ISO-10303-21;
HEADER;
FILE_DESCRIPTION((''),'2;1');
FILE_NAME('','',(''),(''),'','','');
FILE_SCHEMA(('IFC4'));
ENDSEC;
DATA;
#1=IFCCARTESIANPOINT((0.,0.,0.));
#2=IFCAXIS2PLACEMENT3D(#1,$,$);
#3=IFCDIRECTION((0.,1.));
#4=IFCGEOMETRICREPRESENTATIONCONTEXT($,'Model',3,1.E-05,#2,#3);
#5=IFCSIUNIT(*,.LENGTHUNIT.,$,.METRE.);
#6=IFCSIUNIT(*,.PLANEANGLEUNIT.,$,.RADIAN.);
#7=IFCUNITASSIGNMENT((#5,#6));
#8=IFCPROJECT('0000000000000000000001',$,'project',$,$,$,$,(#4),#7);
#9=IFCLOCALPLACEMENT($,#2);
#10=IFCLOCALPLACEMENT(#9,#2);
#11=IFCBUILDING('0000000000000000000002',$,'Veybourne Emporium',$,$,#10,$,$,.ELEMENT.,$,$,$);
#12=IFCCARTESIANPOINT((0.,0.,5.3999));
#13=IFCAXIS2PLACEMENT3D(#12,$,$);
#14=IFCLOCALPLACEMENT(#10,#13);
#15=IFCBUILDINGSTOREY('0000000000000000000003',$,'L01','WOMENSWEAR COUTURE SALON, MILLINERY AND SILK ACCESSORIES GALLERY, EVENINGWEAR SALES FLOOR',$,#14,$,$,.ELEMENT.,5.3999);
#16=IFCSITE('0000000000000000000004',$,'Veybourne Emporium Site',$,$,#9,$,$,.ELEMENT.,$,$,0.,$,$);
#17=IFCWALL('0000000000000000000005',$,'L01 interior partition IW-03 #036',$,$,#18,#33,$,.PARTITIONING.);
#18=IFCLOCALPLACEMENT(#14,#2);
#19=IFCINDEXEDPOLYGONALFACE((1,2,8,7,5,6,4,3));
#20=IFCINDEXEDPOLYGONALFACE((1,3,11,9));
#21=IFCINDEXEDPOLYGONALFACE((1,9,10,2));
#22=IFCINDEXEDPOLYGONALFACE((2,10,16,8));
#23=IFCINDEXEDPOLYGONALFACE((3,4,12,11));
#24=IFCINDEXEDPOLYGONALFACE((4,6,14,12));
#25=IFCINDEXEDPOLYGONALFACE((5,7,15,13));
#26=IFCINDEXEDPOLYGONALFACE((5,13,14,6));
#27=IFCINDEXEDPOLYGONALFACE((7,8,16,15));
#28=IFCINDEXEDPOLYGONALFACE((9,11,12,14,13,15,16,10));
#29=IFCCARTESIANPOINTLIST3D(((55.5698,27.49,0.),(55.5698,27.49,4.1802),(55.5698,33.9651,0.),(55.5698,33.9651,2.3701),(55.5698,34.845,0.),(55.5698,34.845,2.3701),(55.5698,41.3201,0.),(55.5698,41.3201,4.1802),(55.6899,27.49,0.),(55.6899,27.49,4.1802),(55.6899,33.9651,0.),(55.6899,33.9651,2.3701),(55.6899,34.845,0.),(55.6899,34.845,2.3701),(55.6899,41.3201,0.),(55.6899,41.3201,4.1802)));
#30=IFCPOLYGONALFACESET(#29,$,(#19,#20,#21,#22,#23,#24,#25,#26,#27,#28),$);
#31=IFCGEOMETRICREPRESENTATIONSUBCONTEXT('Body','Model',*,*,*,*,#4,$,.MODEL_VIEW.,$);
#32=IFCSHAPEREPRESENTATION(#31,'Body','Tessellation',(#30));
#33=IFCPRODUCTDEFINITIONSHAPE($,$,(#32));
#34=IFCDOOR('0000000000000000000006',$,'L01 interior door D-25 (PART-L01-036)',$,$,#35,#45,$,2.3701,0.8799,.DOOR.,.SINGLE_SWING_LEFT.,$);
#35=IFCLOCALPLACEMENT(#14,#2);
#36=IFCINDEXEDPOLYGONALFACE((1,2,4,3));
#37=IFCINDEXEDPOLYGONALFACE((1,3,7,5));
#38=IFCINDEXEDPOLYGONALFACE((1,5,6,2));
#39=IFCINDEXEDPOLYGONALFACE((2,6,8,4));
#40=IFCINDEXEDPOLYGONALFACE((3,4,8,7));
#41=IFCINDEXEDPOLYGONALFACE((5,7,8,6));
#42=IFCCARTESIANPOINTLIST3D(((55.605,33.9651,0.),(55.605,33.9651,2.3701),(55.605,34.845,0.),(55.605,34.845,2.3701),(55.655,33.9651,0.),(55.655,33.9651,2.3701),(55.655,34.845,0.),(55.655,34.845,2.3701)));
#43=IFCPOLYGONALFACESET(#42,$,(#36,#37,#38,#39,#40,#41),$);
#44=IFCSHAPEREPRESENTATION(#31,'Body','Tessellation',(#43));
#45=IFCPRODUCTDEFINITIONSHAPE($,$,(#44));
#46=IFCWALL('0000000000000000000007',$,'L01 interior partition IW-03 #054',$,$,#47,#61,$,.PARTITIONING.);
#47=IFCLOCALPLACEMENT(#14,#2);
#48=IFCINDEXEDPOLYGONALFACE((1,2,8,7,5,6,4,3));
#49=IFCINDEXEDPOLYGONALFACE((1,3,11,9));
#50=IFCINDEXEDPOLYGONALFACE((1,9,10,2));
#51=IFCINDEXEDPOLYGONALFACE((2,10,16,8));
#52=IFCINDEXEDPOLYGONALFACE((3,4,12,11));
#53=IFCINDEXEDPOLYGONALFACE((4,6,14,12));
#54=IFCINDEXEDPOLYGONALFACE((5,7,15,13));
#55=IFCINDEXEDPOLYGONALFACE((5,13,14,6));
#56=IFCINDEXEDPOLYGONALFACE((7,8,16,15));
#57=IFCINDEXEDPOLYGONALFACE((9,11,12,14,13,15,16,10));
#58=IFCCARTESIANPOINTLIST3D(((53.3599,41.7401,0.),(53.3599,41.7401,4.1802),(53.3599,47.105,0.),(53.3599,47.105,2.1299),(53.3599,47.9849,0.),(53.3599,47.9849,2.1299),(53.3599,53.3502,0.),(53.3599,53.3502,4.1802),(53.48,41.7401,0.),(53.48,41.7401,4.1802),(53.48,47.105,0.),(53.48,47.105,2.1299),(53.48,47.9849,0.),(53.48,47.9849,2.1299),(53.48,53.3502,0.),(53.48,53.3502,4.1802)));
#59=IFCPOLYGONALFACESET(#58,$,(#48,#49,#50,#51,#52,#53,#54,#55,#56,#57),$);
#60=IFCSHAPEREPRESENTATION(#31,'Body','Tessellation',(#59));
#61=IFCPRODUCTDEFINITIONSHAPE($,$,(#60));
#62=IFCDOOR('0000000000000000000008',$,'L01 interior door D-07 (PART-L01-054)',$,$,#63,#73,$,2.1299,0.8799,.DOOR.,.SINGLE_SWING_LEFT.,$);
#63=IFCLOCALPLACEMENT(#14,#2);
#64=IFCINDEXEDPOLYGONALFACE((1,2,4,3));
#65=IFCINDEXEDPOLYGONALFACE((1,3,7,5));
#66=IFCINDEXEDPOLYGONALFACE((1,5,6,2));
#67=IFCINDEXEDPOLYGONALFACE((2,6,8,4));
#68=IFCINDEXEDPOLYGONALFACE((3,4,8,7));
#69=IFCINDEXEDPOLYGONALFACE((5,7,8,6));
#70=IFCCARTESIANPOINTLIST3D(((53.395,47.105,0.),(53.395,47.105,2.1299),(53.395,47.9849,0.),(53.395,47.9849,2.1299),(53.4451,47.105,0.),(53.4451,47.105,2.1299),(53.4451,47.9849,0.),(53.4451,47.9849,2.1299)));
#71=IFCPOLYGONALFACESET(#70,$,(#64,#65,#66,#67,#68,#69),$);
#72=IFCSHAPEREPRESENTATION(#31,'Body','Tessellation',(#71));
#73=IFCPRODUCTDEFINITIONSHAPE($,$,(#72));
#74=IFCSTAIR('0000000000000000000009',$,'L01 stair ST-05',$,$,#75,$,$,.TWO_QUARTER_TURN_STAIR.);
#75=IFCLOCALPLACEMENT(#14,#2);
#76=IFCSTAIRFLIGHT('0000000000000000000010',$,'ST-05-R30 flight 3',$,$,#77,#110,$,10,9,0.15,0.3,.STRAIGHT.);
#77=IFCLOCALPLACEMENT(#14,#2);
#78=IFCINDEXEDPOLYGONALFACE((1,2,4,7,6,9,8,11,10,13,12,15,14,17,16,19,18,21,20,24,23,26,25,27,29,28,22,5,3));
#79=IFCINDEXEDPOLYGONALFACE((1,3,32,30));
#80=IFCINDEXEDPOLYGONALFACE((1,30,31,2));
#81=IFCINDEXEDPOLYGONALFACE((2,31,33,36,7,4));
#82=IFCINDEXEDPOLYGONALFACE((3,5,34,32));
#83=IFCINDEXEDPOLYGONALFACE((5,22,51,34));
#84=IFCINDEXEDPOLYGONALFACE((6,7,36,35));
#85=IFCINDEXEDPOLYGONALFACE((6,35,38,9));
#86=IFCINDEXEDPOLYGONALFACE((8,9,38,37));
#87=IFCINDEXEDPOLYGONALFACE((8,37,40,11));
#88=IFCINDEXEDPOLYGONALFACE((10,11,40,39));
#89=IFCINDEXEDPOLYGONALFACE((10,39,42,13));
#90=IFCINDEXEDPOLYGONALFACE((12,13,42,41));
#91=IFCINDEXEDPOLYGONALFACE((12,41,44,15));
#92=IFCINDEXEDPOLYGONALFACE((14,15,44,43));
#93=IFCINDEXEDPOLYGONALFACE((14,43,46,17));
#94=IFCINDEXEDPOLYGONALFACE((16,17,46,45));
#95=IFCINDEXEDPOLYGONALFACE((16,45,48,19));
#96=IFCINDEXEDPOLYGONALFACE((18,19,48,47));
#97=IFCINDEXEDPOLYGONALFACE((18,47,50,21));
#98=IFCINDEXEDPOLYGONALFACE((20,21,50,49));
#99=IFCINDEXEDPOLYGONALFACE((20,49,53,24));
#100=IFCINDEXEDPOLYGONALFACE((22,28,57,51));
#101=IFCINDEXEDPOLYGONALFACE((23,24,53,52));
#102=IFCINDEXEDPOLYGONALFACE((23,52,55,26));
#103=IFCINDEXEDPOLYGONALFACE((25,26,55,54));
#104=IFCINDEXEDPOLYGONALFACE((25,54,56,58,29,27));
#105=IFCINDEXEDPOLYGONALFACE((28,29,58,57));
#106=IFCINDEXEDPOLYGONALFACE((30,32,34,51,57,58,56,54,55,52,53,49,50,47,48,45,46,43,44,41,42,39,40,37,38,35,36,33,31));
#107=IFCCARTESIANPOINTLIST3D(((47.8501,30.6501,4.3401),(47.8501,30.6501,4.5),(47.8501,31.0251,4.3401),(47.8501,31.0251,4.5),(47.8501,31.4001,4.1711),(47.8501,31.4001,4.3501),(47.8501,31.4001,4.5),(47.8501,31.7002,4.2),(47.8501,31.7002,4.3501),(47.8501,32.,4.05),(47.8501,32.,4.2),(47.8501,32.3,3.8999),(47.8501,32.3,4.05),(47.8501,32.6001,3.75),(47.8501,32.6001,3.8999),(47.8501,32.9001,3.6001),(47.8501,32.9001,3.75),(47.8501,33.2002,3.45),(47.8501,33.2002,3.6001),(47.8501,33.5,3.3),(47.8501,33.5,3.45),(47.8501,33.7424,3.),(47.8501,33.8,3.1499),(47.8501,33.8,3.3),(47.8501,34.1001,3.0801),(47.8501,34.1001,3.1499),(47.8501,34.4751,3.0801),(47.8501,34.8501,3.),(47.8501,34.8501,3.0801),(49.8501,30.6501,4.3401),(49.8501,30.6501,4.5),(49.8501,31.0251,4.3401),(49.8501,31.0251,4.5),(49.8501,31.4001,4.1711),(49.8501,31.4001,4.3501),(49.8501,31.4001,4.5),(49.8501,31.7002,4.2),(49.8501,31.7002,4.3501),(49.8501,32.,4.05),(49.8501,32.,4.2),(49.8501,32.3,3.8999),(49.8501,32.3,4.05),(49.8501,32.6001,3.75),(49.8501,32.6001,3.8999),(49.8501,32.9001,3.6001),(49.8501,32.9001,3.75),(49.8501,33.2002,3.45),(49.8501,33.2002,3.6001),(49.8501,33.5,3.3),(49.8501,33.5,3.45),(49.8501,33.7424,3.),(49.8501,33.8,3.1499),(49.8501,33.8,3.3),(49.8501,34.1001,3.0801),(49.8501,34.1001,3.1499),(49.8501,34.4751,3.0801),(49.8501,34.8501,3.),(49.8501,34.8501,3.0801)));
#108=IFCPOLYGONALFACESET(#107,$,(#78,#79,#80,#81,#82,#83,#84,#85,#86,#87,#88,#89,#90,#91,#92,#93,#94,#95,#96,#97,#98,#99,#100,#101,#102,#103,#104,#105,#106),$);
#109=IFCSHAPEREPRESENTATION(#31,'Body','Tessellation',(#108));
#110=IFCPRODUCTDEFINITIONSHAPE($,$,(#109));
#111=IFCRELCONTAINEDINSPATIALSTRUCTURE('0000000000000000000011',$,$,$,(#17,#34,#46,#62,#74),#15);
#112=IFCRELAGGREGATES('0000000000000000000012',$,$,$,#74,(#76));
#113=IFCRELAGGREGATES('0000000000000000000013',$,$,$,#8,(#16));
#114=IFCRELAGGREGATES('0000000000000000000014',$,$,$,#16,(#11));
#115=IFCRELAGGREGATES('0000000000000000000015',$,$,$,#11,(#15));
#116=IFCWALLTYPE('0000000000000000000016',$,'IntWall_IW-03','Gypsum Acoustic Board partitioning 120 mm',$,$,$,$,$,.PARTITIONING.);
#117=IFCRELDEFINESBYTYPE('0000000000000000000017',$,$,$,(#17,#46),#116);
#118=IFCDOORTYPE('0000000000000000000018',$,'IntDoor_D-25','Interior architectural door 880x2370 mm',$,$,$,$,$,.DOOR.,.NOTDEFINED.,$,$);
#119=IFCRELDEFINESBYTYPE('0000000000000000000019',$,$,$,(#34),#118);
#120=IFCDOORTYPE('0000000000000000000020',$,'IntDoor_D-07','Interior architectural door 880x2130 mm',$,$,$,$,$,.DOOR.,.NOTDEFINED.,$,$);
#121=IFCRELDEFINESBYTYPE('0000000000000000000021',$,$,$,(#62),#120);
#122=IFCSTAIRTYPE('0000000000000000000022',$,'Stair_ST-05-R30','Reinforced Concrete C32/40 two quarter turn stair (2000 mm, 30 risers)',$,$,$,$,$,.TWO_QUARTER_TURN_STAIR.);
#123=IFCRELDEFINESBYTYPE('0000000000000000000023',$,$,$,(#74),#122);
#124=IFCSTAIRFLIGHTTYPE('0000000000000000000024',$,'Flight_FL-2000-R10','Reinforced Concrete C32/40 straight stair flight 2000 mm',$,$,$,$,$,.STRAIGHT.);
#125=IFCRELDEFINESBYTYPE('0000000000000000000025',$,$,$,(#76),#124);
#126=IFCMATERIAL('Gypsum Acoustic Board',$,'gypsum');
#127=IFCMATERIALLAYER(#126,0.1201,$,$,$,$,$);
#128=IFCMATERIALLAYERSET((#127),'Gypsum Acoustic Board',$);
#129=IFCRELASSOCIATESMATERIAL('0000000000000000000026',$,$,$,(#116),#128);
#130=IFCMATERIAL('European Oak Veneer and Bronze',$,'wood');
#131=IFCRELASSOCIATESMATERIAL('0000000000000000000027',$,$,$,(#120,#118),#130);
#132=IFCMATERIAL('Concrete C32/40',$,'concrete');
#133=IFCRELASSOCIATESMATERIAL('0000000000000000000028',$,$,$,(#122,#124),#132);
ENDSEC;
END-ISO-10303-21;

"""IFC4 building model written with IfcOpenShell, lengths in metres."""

from ifc_helpers import new_model, si_unit, direction, frame, frame_2d, origin, place, context, subcontext, project, spatial, polyline, rectangle, outline, extrude, material, layer, layer_set, type_object, element, fill, aggregate, save


model = new_model("IFC4")

# Units and contexts
model_context = context("Model", 3, precision=1e-05, world=origin(), true_north=direction((0.0, 1.0)))
body_context = subcontext(model_context, "Body", "Model", "MODEL_VIEW")
ifc_project = project(units=[si_unit("LENGTHUNIT", "METRE"), si_unit("PLANEANGLEUNIT", "RADIAN")], contexts=[model_context])

# Site, building, storey
site_placement = place(None, origin())
site = spatial("IfcSite", under=ifc_project, at=site_placement, Name="Veybourne Emporium Site", CompositionType="ELEMENT", RefElevation=0.0)
building_placement = place(site_placement, origin())
building = spatial("IfcBuilding", under=site, at=building_placement, Name="Veybourne Emporium", CompositionType="ELEMENT")
storey_placement = place(building_placement, frame((0.0, 0.0, 5.3999)))
storey = spatial("IfcBuildingStorey", under=building, at=storey_placement, Name="L01", Description="WOMENSWEAR COUTURE SALON, MILLINERY AND SILK ACCESSORIES GALLERY, EVENINGWEAR SALES FLOOR", CompositionType="ELEMENT", Elevation=5.3999)

# Shared definitions
ifc_material_1 = material(Name="Concrete C32/40", Category="concrete")

# Walls, openings, doors
ifc_material_2 = material(Name="Gypsum Acoustic Board", Category="gypsum")
ifc_material_3 = material(Name="European Oak Veneer and Bronze", Category="wood")
ifc_layer_1 = layer(ifc_material_2, 0.1201)
ifc_layer_set_1 = layer_set([ifc_layer_1], Name="Gypsum Acoustic Board")
wall_type_1 = type_object("IfcWallType", Name="IntWall_IW-03", Description="Gypsum Acoustic Board partitioning 120 mm", PredefinedType="PARTITIONING", material=ifc_layer_set_1)
door_type_1 = type_object("IfcDoorType", Name="IntDoor_D-07", Description="Interior architectural door 880x2130 mm", OperationType="NOTDEFINED", PredefinedType="DOOR", material=ifc_material_3)
wall_1_placement = place(storey_placement, frame((55.6299, 27.49, 0.0), z_axis=(0.0, 0.0, 1.0), x_axis=(0.0, 1.0, 0.0)))
wall_1 = element("IfcWall", 1, at=wall_1_placement, inside=storey, type_object=wall_type_1, Name="L01 interior partition IW-03 #036", PredefinedType="PARTITIONING", context=body_context, shape_type="SweptSolid", body=[
    extrude(rectangle(XDim=13.8301, YDim=0.1201, at=frame_2d((6.915, 0.0))), origin(), (0.0, 0.0, 1.0), 4.1802),
])
opening_1_placement = place(wall_1_placement, frame((6.4751, 0.0, 0.0)))
opening_1 = element("IfcOpeningElement", 2, at=opening_1_placement, cuts=wall_1, PredefinedType="OPENING", context=body_context, shape_type="SweptSolid", body=[
    extrude(rectangle(XDim=0.8799, YDim=2.3701, at=frame_2d((0.4399, 1.1851))), frame((0.0, 0.0801, 0.0), z_axis=(0.0, -1.0, 0.0), x_axis=(1.0, 0.0, 0.0)), (0.0, 0.0, 1.0), 0.1602),
])
door_type_2 = type_object("IfcDoorType", Name="IntDoor_D-25", Description="Interior architectural door 880x2370 mm", OperationType="NOTDEFINED", PredefinedType="DOOR", material=ifc_material_3)
door_1_placement = place(opening_1_placement, origin())
door_1 = element("IfcDoor", 3, at=door_1_placement, inside=storey, type_object=door_type_2, Name="L01 interior door D-25 (PART-L01-036)", OperationType="SINGLE_SWING_LEFT", OverallHeight=2.3701, OverallWidth=0.8799, PredefinedType="DOOR", context=body_context, shape_type="SweptSolid", body=[
    extrude(rectangle(XDim=0.8799, YDim=2.3701, at=frame_2d((0.4399, 1.1851))), frame((0.0, 0.0249, 0.0), z_axis=(0.0, -1.0, 0.0), x_axis=(1.0, 0.0, 0.0)), (0.0, 0.0, 1.0), 0.05),
])
fill(opening_1, door_1)
wall_2_placement = place(storey_placement, frame((53.4199, 41.74, 0.0), z_axis=(0.0, 0.0, 1.0), x_axis=(0.0, 1.0, 0.0)))
wall_2 = element("IfcWall", 4, at=wall_2_placement, inside=storey, type_object=wall_type_1, Name="L01 interior partition IW-03 #054", PredefinedType="PARTITIONING", context=body_context, shape_type="SweptSolid", body=[
    extrude(rectangle(XDim=11.6101, YDim=0.1201, at=frame_2d((5.8052, 0.0))), origin(), (0.0, 0.0, 1.0), 4.1802),
])
opening_2_placement = place(wall_2_placement, frame((5.365, 0.0, 0.0)))
opening_2 = element("IfcOpeningElement", 5, at=opening_2_placement, cuts=wall_2, PredefinedType="OPENING", context=body_context, shape_type="SweptSolid", body=[
    extrude(rectangle(XDim=0.8799, YDim=2.1299, at=frame_2d((0.4399, 1.0649))), frame((0.0, 0.0801, 0.0), z_axis=(0.0, -1.0, 0.0), x_axis=(1.0, 0.0, 0.0)), (0.0, 0.0, 1.0), 0.1602),
])
door_2_placement = place(opening_2_placement, origin())
door_2 = element("IfcDoor", 6, at=door_2_placement, inside=storey, type_object=door_type_1, Name="L01 interior door D-07 (PART-L01-054)", OperationType="SINGLE_SWING_LEFT", OverallHeight=2.1299, OverallWidth=0.8799, PredefinedType="DOOR", context=body_context, shape_type="SweptSolid", body=[
    extrude(rectangle(XDim=0.8799, YDim=2.1299, at=frame_2d((0.4399, 1.0649))), frame((0.0, 0.0249, 0.0), z_axis=(0.0, -1.0, 0.0), x_axis=(1.0, 0.0, 0.0)), (0.0, 0.0, 1.0), 0.05),
])
fill(opening_2, door_2)

# Stair, stair flight
stair_type = type_object("IfcStairType", Name="Stair_ST-05-R30", Description="Reinforced Concrete C32/40 two quarter turn stair (2000 mm, 30 risers)", PredefinedType="TWO_QUARTER_TURN_STAIR", material=ifc_material_1)
stair_placement = place(storey_placement, origin())
stair = element("IfcStair", 7, at=stair_placement, inside=storey, type_object=stair_type, Name="L01 stair ST-05", PredefinedType="TWO_QUARTER_TURN_STAIR")
stair_flight_type = type_object("IfcStairFlightType", Name="Flight_FL-2000-R10", Description="Reinforced Concrete C32/40 straight stair flight 2000 mm", PredefinedType="STRAIGHT", material=ifc_material_1)
stair_flight_placement = place(storey_placement, frame((48.8501, 34.1001, 3.0), z_axis=(0.0, 0.0, 1.0), x_axis=(0.0, -1.0, 0.0)))
stair_flight = element("IfcStairFlight", 8, at=stair_flight_placement, type_object=stair_flight_type, Name="ST-05-R30 flight 3", NumberOfRisers=10, NumberOfTreads=9, PredefinedType="STRAIGHT", RiserHeight=0.15, TreadLength=0.3, context=body_context, shape_type="SweptSolid", body=[
    extrude(outline(polyline([(-0.75, 0.0), (-0.75, 0.0801), (-0.375, 0.0801), (0.0, 0.0801), (0.0, 0.1499), (0.3, 0.1499), (0.3, 0.3), (0.6001, 0.3), (0.6001, 0.45), (0.8999, 0.45), (0.8999, 0.6001), (1.2, 0.6001), (1.2, 0.75), (1.5, 0.75), (1.5, 0.8999), (1.8, 0.8999), (1.8, 1.05), (2.1001, 1.05), (2.1001, 1.2), (2.3999, 1.2), (2.3999, 1.3501), (2.7, 1.3501), (2.7, 1.5), (3.075, 1.5), (3.45, 1.5), (3.45, 1.3401), (3.075, 1.3401), (2.7, 1.1711), (0.3577, 0.0), (-0.75, 0.0)])), frame((0.0, 1.0, 0.0), z_axis=(0.0, -1.0, 0.0), x_axis=(1.0, 0.0, 0.0)), (0.0, 0.0, 1.0), 2.0),
])
aggregate(stair, [stair_flight])

save(model, "model.ifc")
